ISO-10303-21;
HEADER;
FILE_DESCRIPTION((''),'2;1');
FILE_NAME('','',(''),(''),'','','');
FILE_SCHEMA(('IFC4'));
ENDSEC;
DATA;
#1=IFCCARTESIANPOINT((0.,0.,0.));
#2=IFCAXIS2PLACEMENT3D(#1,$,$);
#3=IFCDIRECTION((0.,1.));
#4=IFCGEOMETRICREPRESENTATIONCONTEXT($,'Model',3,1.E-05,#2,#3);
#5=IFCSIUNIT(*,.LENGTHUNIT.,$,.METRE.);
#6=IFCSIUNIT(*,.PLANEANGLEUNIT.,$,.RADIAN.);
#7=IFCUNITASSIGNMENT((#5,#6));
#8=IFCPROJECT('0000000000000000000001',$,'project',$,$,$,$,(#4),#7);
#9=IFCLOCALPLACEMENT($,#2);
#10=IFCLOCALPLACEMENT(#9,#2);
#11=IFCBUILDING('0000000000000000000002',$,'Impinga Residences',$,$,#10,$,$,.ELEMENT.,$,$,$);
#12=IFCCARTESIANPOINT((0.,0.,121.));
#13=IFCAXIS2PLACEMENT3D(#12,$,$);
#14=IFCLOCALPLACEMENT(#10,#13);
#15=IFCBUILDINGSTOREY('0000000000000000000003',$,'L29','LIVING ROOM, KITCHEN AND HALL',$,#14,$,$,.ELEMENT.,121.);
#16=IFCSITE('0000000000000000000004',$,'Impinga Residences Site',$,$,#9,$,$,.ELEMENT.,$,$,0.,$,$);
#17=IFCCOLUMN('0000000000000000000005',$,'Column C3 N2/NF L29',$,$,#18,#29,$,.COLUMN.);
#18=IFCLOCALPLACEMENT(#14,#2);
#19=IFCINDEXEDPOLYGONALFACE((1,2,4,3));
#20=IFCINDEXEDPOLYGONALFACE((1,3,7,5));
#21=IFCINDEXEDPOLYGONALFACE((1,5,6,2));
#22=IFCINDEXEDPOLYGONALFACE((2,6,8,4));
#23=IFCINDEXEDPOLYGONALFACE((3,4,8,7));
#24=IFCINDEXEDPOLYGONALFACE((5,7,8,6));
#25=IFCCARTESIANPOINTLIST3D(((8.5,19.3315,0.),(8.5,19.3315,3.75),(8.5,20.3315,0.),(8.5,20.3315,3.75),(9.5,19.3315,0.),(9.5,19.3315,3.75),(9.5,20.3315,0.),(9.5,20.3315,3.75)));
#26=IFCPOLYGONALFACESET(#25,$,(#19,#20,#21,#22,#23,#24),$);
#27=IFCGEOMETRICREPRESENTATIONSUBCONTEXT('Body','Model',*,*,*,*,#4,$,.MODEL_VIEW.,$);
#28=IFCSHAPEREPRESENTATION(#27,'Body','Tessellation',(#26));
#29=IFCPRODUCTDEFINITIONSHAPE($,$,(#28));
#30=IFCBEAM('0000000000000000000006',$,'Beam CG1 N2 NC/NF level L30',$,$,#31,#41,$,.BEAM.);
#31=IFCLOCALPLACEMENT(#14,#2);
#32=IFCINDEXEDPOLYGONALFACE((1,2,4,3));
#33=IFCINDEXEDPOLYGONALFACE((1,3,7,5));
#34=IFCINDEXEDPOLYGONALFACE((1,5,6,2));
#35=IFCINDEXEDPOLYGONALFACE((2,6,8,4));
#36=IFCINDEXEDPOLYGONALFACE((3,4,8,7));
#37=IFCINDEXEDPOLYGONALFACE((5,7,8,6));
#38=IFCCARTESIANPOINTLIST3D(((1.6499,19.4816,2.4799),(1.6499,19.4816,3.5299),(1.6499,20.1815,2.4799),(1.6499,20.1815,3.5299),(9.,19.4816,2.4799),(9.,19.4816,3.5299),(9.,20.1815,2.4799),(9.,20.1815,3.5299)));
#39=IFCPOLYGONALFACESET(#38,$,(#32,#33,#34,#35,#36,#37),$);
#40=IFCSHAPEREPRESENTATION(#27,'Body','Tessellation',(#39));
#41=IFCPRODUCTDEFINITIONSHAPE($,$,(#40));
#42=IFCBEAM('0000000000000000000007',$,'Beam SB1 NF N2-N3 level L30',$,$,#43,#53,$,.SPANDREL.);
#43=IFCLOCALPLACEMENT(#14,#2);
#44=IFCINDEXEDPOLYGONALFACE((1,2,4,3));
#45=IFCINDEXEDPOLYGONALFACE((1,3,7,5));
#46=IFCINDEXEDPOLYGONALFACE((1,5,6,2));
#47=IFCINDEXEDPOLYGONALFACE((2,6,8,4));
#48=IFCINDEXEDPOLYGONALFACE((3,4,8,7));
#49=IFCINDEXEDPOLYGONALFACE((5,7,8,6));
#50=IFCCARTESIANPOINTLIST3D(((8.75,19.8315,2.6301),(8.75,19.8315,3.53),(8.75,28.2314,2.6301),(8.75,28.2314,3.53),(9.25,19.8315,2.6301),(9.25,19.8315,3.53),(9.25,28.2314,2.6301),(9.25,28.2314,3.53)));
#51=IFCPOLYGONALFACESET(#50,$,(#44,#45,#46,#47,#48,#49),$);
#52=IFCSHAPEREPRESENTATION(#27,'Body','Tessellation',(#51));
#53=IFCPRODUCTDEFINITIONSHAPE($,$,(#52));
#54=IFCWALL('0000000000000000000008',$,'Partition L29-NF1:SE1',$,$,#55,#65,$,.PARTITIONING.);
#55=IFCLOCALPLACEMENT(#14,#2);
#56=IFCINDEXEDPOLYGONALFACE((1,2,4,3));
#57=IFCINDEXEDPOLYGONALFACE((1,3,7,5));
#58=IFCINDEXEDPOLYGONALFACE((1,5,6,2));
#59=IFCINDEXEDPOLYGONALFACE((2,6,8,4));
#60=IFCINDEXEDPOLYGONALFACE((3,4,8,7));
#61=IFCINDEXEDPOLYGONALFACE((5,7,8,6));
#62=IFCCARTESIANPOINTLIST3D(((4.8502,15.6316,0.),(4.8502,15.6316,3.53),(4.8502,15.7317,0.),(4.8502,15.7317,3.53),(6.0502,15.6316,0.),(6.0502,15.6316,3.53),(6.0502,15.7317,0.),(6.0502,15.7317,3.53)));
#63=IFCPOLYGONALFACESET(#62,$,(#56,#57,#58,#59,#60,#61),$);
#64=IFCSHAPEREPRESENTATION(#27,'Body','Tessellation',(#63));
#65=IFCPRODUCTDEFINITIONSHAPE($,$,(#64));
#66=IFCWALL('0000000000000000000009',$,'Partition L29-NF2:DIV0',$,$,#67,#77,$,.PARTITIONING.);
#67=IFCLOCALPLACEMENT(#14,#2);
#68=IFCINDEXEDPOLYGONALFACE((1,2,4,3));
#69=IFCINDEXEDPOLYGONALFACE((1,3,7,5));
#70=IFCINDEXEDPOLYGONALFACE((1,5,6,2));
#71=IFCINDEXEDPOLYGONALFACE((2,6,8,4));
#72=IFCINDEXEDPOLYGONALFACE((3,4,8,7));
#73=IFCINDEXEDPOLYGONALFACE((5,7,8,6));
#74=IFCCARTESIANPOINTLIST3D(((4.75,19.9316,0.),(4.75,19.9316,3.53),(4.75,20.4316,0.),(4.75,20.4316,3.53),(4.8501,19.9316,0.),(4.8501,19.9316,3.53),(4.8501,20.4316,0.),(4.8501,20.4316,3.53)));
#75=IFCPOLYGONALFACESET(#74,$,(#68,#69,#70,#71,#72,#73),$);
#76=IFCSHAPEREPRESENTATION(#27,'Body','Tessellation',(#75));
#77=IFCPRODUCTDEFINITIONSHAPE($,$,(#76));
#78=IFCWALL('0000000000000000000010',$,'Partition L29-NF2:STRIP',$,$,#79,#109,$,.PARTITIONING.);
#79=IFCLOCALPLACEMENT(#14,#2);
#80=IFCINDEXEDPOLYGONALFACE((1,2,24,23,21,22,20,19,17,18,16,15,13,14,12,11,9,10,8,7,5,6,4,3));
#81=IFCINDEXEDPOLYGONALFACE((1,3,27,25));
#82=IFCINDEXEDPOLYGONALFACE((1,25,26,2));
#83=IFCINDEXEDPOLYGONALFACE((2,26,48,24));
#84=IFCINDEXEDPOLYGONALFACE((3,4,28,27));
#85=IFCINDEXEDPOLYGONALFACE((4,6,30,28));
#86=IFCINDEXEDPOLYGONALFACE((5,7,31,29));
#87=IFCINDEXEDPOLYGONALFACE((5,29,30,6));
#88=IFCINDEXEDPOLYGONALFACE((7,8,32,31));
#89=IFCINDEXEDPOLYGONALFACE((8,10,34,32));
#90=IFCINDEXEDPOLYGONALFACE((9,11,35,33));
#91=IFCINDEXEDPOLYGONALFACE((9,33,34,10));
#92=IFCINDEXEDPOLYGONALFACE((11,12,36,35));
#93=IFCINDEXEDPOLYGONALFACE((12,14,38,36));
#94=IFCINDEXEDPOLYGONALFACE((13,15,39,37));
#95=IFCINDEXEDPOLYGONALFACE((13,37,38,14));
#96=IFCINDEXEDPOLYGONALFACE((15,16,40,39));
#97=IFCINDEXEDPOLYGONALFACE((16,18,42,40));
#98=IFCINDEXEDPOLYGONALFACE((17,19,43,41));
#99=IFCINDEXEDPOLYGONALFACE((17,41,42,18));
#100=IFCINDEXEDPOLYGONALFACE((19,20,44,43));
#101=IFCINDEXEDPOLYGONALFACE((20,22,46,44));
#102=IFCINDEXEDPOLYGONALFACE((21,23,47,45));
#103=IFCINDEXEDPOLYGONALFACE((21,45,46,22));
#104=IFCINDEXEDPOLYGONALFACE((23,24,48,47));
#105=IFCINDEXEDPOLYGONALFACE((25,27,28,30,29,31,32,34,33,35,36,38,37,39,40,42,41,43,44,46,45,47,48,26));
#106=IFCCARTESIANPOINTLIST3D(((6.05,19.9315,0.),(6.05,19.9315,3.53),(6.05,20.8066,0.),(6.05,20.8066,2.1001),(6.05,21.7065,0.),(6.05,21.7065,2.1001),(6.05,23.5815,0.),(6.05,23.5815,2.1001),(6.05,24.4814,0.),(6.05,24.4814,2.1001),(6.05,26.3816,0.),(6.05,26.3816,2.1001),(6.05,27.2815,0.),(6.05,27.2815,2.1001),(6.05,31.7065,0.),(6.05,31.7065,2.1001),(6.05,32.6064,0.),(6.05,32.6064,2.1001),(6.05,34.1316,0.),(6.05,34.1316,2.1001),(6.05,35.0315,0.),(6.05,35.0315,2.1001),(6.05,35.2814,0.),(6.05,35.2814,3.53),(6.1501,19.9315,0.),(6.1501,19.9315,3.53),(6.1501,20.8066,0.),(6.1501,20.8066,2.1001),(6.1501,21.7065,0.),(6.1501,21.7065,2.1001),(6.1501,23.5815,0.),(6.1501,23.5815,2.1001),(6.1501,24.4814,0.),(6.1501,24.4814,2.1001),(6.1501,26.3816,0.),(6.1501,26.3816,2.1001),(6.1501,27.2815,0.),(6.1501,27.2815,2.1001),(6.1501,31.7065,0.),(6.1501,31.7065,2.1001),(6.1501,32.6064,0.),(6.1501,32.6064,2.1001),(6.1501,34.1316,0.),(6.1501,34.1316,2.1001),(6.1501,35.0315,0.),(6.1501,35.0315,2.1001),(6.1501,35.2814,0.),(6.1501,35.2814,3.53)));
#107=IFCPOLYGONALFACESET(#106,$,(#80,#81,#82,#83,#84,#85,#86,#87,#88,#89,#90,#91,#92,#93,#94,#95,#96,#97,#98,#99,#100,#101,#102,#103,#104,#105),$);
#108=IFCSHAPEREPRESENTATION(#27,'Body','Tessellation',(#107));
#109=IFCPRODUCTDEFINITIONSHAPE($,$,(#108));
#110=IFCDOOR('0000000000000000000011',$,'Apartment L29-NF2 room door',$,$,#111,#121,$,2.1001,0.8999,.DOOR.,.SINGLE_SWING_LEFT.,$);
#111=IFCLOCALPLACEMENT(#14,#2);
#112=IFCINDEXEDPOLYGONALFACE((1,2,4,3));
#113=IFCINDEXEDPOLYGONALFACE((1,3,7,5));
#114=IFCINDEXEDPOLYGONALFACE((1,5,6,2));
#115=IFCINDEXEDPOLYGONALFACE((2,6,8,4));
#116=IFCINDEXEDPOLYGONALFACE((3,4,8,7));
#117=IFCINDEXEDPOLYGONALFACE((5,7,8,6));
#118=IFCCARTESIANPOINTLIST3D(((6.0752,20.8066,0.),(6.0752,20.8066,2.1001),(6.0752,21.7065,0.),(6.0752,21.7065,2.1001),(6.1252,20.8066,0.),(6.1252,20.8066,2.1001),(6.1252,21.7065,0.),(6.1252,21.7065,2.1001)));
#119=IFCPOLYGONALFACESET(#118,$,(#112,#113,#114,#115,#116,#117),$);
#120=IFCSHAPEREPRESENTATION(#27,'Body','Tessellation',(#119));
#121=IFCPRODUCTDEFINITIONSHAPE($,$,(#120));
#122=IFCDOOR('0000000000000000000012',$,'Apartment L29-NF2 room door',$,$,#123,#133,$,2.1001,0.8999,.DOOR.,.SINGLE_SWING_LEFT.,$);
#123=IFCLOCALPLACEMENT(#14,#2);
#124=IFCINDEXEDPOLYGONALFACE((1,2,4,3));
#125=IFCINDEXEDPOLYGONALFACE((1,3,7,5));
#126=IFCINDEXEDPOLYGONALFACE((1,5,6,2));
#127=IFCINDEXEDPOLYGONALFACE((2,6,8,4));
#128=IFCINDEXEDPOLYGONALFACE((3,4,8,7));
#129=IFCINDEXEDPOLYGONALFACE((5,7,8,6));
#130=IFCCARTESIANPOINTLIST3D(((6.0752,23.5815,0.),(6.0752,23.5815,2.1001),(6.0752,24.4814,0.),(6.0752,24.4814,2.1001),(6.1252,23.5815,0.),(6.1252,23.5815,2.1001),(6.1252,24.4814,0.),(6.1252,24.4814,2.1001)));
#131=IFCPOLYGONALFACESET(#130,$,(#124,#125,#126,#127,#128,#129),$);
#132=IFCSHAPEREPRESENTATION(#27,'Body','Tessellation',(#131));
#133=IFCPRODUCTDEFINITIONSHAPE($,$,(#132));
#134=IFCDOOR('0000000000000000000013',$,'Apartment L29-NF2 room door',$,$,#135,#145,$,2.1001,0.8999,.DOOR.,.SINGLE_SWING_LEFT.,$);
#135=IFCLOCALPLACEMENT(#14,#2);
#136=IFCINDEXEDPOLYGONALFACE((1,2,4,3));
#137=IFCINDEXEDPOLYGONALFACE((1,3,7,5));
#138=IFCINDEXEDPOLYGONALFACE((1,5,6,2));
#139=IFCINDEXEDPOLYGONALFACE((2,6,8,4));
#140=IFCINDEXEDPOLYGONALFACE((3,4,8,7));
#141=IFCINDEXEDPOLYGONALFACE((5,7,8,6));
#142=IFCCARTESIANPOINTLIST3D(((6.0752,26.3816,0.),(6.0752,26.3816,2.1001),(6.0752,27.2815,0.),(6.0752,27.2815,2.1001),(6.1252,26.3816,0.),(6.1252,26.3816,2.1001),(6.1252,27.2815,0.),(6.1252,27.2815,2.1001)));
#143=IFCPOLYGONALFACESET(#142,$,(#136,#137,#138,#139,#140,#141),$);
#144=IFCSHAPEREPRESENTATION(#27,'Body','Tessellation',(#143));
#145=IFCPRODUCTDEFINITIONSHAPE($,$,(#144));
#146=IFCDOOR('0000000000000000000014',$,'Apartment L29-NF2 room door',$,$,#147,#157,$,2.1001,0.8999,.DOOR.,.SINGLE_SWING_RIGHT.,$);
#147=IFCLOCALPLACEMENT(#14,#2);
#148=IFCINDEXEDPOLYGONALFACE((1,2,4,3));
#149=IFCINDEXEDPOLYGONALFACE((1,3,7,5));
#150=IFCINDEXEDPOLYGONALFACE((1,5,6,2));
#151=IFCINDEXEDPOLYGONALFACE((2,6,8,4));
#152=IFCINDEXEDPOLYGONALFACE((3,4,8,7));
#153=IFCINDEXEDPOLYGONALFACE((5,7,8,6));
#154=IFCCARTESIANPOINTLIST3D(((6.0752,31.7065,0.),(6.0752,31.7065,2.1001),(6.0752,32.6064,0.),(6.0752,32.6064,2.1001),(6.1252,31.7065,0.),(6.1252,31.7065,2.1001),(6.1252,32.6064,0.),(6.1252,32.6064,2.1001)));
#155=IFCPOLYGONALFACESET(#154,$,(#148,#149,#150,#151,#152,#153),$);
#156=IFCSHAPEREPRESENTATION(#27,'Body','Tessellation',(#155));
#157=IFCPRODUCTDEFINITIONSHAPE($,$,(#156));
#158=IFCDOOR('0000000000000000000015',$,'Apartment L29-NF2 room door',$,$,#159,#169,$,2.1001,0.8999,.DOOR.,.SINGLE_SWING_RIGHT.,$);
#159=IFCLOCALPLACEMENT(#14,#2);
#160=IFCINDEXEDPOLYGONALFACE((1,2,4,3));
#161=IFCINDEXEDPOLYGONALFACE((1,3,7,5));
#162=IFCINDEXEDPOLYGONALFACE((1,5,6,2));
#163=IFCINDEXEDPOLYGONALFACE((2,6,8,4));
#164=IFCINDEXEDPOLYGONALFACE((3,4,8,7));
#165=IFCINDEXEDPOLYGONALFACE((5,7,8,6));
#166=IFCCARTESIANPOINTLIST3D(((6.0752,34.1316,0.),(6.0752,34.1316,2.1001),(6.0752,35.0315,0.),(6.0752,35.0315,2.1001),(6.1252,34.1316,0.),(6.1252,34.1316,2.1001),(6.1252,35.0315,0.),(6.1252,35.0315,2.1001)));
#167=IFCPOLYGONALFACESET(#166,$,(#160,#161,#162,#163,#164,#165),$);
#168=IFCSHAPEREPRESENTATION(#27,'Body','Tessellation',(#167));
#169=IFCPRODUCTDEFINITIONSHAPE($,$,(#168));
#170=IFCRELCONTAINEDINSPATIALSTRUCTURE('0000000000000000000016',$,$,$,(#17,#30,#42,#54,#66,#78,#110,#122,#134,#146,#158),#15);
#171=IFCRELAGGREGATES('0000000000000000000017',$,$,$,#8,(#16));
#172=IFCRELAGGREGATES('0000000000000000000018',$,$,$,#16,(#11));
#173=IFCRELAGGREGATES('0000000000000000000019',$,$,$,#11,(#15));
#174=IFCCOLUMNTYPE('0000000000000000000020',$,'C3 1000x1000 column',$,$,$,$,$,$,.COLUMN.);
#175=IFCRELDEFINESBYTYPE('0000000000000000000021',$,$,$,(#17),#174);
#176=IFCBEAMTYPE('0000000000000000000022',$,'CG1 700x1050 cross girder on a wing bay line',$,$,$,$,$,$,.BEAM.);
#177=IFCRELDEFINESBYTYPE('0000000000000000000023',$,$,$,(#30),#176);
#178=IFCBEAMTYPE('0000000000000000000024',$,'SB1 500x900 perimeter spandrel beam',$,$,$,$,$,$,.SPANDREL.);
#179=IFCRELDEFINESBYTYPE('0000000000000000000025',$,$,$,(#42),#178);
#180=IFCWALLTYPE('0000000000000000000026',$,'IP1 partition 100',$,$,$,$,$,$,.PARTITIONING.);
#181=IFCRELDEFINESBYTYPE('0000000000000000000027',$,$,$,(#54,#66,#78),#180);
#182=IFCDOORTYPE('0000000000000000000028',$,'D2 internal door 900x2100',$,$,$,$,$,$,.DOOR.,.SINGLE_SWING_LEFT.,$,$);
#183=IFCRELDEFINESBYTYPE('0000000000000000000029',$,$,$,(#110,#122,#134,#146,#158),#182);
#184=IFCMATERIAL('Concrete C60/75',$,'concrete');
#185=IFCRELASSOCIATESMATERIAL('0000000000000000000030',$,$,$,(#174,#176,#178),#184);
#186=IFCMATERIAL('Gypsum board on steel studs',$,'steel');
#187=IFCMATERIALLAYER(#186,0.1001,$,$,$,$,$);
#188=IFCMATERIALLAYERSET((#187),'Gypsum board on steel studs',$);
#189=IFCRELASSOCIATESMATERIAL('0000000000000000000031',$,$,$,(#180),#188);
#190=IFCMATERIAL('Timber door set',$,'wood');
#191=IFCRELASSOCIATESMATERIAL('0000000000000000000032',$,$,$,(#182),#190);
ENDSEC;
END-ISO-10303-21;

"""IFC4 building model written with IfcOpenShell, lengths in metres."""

from ifc_helpers import new_model, si_unit, direction, frame, frame_2d, origin, origin_2d, place, context, subcontext, project, spatial, rectangle, extrude, material, layer, layer_set, material_profile, profile_set, type_object, element, fill, save


model = new_model("IFC4")

# Units and contexts
model_context = context("Model", 3, precision=1e-05, world=origin(), true_north=direction((0.0, 1.0)))
body_context = subcontext(model_context, "Body", "Model", "MODEL_VIEW")
ifc_project = project(units=[si_unit("LENGTHUNIT", "METRE"), si_unit("PLANEANGLEUNIT", "RADIAN")], contexts=[model_context])

# Site, building, storey
site_placement = place(None, origin())
site = spatial("IfcSite", under=ifc_project, at=site_placement, Name="Impinga Residences Site", CompositionType="ELEMENT", RefElevation=0.0)
building_placement = place(site_placement, origin())
building = spatial("IfcBuilding", under=site, at=building_placement, Name="Impinga Residences", CompositionType="ELEMENT")
storey_placement = place(building_placement, frame((0.0, 0.0, 121.0)))
storey = spatial("IfcBuildingStorey", under=building, at=storey_placement, Name="L29", Description="LIVING ROOM, KITCHEN AND HALL", CompositionType="ELEMENT", Elevation=121.0)

# Column
ifc_material_1 = material(Name="Concrete C60/75", Category="concrete")
ifc_material_profile_1 = material_profile(ifc_material_1, rectangle(XDim=1.0, YDim=1.0, at=origin_2d()), Name="RC 1000x1000")
ifc_profile_set_1 = profile_set([ifc_material_profile_1], Name="Concrete C60/75")
column_type = type_object("IfcColumnType", Name="C3 1000x1000 column", PredefinedType="COLUMN", material=ifc_profile_set_1)
column_placement = place(storey_placement, frame((9.0, 19.8315, 0.0), z_axis=(0.0, 0.0, 1.0), x_axis=(1.0, 0.0, 0.0)))
element("IfcColumn", 1, at=column_placement, inside=storey, type_object=column_type, Name="Column C3 N2/NF L29", PredefinedType="COLUMN", context=body_context, shape_type="SweptSolid", body=[
    extrude(rectangle(XDim=1.0, YDim=1.0, at=origin_2d()), origin(), (0.0, 0.0, 1.0), 3.75),
])

# Beams
ifc_material_profile_2 = material_profile(ifc_material_1, rectangle(XDim=0.7, YDim=1.05, at=origin_2d()), Name="RC 700x1050")
ifc_profile_set_2 = profile_set([ifc_material_profile_2], Name="Concrete C60/75")
beam_type_1 = type_object("IfcBeamType", Name="CG1 700x1050 cross girder on a wing bay line", PredefinedType="BEAM", material=ifc_profile_set_2)
beam_1_placement = place(storey_placement, frame((1.6499, 19.8315, 3.0049), z_axis=(1.0, 0.0, 0.0), x_axis=(0.0, 1.0, 0.0)))
element("IfcBeam", 2, at=beam_1_placement, inside=storey, type_object=beam_type_1, Name="Beam CG1 N2 NC/NF level L30", PredefinedType="BEAM", context=body_context, shape_type="SweptSolid", body=[
    extrude(rectangle(XDim=0.7, YDim=1.05, at=origin_2d()), origin(), (0.0, 0.0, 1.0), 7.3501),
])
ifc_material_profile_3 = material_profile(ifc_material_1, rectangle(XDim=0.5, YDim=0.8999, at=origin_2d()), Name="RC 500x900")
ifc_profile_set_3 = profile_set([ifc_material_profile_3], Name="Concrete C60/75")
beam_type_2 = type_object("IfcBeamType", Name="SB1 500x900 perimeter spandrel beam", PredefinedType="SPANDREL", material=ifc_profile_set_3)
beam_2_placement = place(storey_placement, frame((9.0, 19.8315, 3.0801), z_axis=(0.0, 1.0, 0.0), x_axis=(-1.0, 0.0, 0.0)))
element("IfcBeam", 3, at=beam_2_placement, inside=storey, type_object=beam_type_2, Name="Beam SB1 NF N2-N3 level L30", PredefinedType="SPANDREL", context=body_context, shape_type="SweptSolid", body=[
    extrude(rectangle(XDim=0.5, YDim=0.8999, at=origin_2d()), origin(), (0.0, 0.0, 1.0), 8.3999),
])

# Walls
ifc_material_2 = material(Name="Gypsum board on steel studs", Category="steel")
ifc_layer_1 = layer(ifc_material_2, 0.1001)
ifc_layer_set_1 = layer_set([ifc_layer_1], Name="Gypsum board on steel studs")
wall_type_1 = type_object("IfcWallType", Name="IP1 partition 100", PredefinedType="PARTITIONING", material=ifc_layer_set_1)
wall_1_placement = place(storey_placement, frame((4.8501, 15.6816, 0.0), z_axis=(0.0, 0.0, 1.0), x_axis=(1.0, 0.0, 0.0)))
element("IfcWall", 4, at=wall_1_placement, inside=storey, type_object=wall_type_1, Name="Partition L29-NF1:SE1", PredefinedType="PARTITIONING", context=body_context, shape_type="SweptSolid", body=[
    extrude(rectangle(XDim=1.2, YDim=0.1001, at=frame_2d((0.6001, 0.0))), origin(), (0.0, 0.0, 1.0), 3.53),
])
wall_2_placement = place(storey_placement, frame((4.8, 19.9316, 0.0), z_axis=(0.0, 0.0, 1.0), x_axis=(0.0, 1.0, 0.0)))
element("IfcWall", 5, at=wall_2_placement, inside=storey, type_object=wall_type_1, Name="Partition L29-NF2:DIV0", PredefinedType="PARTITIONING", context=body_context, shape_type="SweptSolid", body=[
    extrude(rectangle(XDim=0.5, YDim=0.1001, at=frame_2d((0.25, 0.0))), origin(), (0.0, 0.0, 1.0), 3.53),
])

# Wall, openings, doors
wall_3_placement = place(storey_placement, frame((6.1001, 19.9316, 0.0), z_axis=(0.0, 0.0, 1.0), x_axis=(0.0, 1.0, 0.0)))
wall_3 = element("IfcWall", 6, at=wall_3_placement, inside=storey, type_object=wall_type_1, Name="Partition L29-NF2:STRIP", PredefinedType="PARTITIONING", context=body_context, shape_type="SweptSolid", body=[
    extrude(rectangle(XDim=15.3499, YDim=0.1001, at=frame_2d((7.6748, 0.0))), origin(), (0.0, 0.0, 1.0), 3.53),
])
opening_1_placement = place(wall_3_placement, frame((0.875, 0.0, 0.0)))
opening_1 = element("IfcOpeningElement", 7, at=opening_1_placement, cuts=wall_3, PredefinedType="OPENING", context=body_context, shape_type="SweptSolid", body=[
    extrude(rectangle(XDim=0.8999, YDim=2.1001, at=frame_2d((0.45, 1.05))), frame((0.0, 0.0601, 0.0), z_axis=(0.0, -1.0, 0.0), x_axis=(1.0, 0.0, 0.0)), (0.0, 0.0, 1.0), 0.1201),
])
opening_2_placement = place(wall_3_placement, frame((3.6499, 0.0, 0.0)))
opening_2 = element("IfcOpeningElement", 8, at=opening_2_placement, cuts=wall_3, PredefinedType="OPENING", context=body_context, shape_type="SweptSolid", body=[
    extrude(rectangle(XDim=0.8999, YDim=2.1001, at=frame_2d((0.45, 1.05))), frame((0.0, 0.0601, 0.0), z_axis=(0.0, -1.0, 0.0), x_axis=(1.0, 0.0, 0.0)), (0.0, 0.0, 1.0), 0.1201),
])
opening_3_placement = place(wall_3_placement, frame((6.45, 0.0, 0.0)))
opening_3 = element("IfcOpeningElement", 9, at=opening_3_placement, cuts=wall_3, PredefinedType="OPENING", context=body_context, shape_type="SweptSolid", body=[
    extrude(rectangle(XDim=0.8999, YDim=2.1001, at=frame_2d((0.45, 1.05))), frame((0.0, 0.0601, 0.0), z_axis=(0.0, -1.0, 0.0), x_axis=(1.0, 0.0, 0.0)), (0.0, 0.0, 1.0), 0.1201),
])
opening_4_placement = place(wall_3_placement, frame((11.7749, 0.0, 0.0)))
opening_4 = element("IfcOpeningElement", 10, at=opening_4_placement, cuts=wall_3, PredefinedType="OPENING", context=body_context, shape_type="SweptSolid", body=[
    extrude(rectangle(XDim=0.8999, YDim=2.1001, at=frame_2d((0.45, 1.05))), frame((0.0, 0.0601, 0.0), z_axis=(0.0, -1.0, 0.0), x_axis=(1.0, 0.0, 0.0)), (0.0, 0.0, 1.0), 0.1201),
])
opening_5_placement = place(wall_3_placement, frame((14.2, 0.0, 0.0)))
opening_5 = element("IfcOpeningElement", 11, at=opening_5_placement, cuts=wall_3, PredefinedType="OPENING", context=body_context, shape_type="SweptSolid", body=[
    extrude(rectangle(XDim=0.8999, YDim=2.1001, at=frame_2d((0.45, 1.05))), frame((0.0, 0.0601, 0.0), z_axis=(0.0, -1.0, 0.0), x_axis=(1.0, 0.0, 0.0)), (0.0, 0.0, 1.0), 0.1201),
])
ifc_material_3 = material(Name="Timber door set", Category="wood")
door_type = type_object("IfcDoorType", Name="D2 internal door 900x2100", OperationType="SINGLE_SWING_LEFT", PredefinedType="DOOR", material=ifc_material_3)
door_1_placement = place(opening_1_placement, origin())
door_1 = element("IfcDoor", 12, at=door_1_placement, inside=storey, type_object=door_type, Name="Apartment L29-NF2 room door", OperationType="SINGLE_SWING_LEFT", OverallHeight=2.1001, OverallWidth=0.8999, PredefinedType="DOOR", context=body_context, shape_type="SweptSolid", body=[
    extrude(rectangle(XDim=0.8999, YDim=2.1001, at=frame_2d((0.45, 1.05))), frame((0.0, 0.0249, 0.0), z_axis=(0.0, -1.0, 0.0), x_axis=(1.0, 0.0, 0.0)), (0.0, 0.0, 1.0), 0.05),
])
fill(opening_1, door_1)
door_2_placement = place(opening_2_placement, origin())
door_2 = element("IfcDoor", 13, at=door_2_placement, inside=storey, type_object=door_type, Name="Apartment L29-NF2 room door", OperationType="SINGLE_SWING_LEFT", OverallHeight=2.1001, OverallWidth=0.8999, PredefinedType="DOOR", context=body_context, shape_type="SweptSolid", body=[
    extrude(rectangle(XDim=0.8999, YDim=2.1001, at=frame_2d((0.45, 1.05))), frame((0.0, 0.0249, 0.0), z_axis=(0.0, -1.0, 0.0), x_axis=(1.0, 0.0, 0.0)), (0.0, 0.0, 1.0), 0.05),
])
fill(opening_2, door_2)
door_3_placement = place(opening_3_placement, origin())
door_3 = element("IfcDoor", 14, at=door_3_placement, inside=storey, type_object=door_type, Name="Apartment L29-NF2 room door", OperationType="SINGLE_SWING_LEFT", OverallHeight=2.1001, OverallWidth=0.8999, PredefinedType="DOOR", context=body_context, shape_type="SweptSolid", body=[
    extrude(rectangle(XDim=0.8999, YDim=2.1001, at=frame_2d((0.45, 1.05))), frame((0.0, 0.0249, 0.0), z_axis=(0.0, -1.0, 0.0), x_axis=(1.0, 0.0, 0.0)), (0.0, 0.0, 1.0), 0.05),
])
fill(opening_3, door_3)
door_4_placement = place(opening_4_placement, origin())
door_4 = element("IfcDoor", 15, at=door_4_placement, inside=storey, type_object=door_type, Name="Apartment L29-NF2 room door", OperationType="SINGLE_SWING_RIGHT", OverallHeight=2.1001, OverallWidth=0.8999, PredefinedType="DOOR", context=body_context, shape_type="SweptSolid", body=[
    extrude(rectangle(XDim=0.8999, YDim=2.1001, at=frame_2d((0.45, 1.05))), frame((0.0, 0.0249, 0.0), z_axis=(0.0, -1.0, 0.0), x_axis=(1.0, 0.0, 0.0)), (0.0, 0.0, 1.0), 0.05),
])
fill(opening_4, door_4)
door_5_placement = place(opening_5_placement, origin())
door_5 = element("IfcDoor", 16, at=door_5_placement, inside=storey, type_object=door_type, Name="Apartment L29-NF2 room door", OperationType="SINGLE_SWING_RIGHT", OverallHeight=2.1001, OverallWidth=0.8999, PredefinedType="DOOR", context=body_context, shape_type="SweptSolid", body=[
    extrude(rectangle(XDim=0.8999, YDim=2.1001, at=frame_2d((0.45, 1.05))), frame((0.0, 0.0249, 0.0), z_axis=(0.0, -1.0, 0.0), x_axis=(1.0, 0.0, 0.0)), (0.0, 0.0, 1.0), 0.05),
])
fill(opening_5, door_5)

save(model, "model.ifc")
